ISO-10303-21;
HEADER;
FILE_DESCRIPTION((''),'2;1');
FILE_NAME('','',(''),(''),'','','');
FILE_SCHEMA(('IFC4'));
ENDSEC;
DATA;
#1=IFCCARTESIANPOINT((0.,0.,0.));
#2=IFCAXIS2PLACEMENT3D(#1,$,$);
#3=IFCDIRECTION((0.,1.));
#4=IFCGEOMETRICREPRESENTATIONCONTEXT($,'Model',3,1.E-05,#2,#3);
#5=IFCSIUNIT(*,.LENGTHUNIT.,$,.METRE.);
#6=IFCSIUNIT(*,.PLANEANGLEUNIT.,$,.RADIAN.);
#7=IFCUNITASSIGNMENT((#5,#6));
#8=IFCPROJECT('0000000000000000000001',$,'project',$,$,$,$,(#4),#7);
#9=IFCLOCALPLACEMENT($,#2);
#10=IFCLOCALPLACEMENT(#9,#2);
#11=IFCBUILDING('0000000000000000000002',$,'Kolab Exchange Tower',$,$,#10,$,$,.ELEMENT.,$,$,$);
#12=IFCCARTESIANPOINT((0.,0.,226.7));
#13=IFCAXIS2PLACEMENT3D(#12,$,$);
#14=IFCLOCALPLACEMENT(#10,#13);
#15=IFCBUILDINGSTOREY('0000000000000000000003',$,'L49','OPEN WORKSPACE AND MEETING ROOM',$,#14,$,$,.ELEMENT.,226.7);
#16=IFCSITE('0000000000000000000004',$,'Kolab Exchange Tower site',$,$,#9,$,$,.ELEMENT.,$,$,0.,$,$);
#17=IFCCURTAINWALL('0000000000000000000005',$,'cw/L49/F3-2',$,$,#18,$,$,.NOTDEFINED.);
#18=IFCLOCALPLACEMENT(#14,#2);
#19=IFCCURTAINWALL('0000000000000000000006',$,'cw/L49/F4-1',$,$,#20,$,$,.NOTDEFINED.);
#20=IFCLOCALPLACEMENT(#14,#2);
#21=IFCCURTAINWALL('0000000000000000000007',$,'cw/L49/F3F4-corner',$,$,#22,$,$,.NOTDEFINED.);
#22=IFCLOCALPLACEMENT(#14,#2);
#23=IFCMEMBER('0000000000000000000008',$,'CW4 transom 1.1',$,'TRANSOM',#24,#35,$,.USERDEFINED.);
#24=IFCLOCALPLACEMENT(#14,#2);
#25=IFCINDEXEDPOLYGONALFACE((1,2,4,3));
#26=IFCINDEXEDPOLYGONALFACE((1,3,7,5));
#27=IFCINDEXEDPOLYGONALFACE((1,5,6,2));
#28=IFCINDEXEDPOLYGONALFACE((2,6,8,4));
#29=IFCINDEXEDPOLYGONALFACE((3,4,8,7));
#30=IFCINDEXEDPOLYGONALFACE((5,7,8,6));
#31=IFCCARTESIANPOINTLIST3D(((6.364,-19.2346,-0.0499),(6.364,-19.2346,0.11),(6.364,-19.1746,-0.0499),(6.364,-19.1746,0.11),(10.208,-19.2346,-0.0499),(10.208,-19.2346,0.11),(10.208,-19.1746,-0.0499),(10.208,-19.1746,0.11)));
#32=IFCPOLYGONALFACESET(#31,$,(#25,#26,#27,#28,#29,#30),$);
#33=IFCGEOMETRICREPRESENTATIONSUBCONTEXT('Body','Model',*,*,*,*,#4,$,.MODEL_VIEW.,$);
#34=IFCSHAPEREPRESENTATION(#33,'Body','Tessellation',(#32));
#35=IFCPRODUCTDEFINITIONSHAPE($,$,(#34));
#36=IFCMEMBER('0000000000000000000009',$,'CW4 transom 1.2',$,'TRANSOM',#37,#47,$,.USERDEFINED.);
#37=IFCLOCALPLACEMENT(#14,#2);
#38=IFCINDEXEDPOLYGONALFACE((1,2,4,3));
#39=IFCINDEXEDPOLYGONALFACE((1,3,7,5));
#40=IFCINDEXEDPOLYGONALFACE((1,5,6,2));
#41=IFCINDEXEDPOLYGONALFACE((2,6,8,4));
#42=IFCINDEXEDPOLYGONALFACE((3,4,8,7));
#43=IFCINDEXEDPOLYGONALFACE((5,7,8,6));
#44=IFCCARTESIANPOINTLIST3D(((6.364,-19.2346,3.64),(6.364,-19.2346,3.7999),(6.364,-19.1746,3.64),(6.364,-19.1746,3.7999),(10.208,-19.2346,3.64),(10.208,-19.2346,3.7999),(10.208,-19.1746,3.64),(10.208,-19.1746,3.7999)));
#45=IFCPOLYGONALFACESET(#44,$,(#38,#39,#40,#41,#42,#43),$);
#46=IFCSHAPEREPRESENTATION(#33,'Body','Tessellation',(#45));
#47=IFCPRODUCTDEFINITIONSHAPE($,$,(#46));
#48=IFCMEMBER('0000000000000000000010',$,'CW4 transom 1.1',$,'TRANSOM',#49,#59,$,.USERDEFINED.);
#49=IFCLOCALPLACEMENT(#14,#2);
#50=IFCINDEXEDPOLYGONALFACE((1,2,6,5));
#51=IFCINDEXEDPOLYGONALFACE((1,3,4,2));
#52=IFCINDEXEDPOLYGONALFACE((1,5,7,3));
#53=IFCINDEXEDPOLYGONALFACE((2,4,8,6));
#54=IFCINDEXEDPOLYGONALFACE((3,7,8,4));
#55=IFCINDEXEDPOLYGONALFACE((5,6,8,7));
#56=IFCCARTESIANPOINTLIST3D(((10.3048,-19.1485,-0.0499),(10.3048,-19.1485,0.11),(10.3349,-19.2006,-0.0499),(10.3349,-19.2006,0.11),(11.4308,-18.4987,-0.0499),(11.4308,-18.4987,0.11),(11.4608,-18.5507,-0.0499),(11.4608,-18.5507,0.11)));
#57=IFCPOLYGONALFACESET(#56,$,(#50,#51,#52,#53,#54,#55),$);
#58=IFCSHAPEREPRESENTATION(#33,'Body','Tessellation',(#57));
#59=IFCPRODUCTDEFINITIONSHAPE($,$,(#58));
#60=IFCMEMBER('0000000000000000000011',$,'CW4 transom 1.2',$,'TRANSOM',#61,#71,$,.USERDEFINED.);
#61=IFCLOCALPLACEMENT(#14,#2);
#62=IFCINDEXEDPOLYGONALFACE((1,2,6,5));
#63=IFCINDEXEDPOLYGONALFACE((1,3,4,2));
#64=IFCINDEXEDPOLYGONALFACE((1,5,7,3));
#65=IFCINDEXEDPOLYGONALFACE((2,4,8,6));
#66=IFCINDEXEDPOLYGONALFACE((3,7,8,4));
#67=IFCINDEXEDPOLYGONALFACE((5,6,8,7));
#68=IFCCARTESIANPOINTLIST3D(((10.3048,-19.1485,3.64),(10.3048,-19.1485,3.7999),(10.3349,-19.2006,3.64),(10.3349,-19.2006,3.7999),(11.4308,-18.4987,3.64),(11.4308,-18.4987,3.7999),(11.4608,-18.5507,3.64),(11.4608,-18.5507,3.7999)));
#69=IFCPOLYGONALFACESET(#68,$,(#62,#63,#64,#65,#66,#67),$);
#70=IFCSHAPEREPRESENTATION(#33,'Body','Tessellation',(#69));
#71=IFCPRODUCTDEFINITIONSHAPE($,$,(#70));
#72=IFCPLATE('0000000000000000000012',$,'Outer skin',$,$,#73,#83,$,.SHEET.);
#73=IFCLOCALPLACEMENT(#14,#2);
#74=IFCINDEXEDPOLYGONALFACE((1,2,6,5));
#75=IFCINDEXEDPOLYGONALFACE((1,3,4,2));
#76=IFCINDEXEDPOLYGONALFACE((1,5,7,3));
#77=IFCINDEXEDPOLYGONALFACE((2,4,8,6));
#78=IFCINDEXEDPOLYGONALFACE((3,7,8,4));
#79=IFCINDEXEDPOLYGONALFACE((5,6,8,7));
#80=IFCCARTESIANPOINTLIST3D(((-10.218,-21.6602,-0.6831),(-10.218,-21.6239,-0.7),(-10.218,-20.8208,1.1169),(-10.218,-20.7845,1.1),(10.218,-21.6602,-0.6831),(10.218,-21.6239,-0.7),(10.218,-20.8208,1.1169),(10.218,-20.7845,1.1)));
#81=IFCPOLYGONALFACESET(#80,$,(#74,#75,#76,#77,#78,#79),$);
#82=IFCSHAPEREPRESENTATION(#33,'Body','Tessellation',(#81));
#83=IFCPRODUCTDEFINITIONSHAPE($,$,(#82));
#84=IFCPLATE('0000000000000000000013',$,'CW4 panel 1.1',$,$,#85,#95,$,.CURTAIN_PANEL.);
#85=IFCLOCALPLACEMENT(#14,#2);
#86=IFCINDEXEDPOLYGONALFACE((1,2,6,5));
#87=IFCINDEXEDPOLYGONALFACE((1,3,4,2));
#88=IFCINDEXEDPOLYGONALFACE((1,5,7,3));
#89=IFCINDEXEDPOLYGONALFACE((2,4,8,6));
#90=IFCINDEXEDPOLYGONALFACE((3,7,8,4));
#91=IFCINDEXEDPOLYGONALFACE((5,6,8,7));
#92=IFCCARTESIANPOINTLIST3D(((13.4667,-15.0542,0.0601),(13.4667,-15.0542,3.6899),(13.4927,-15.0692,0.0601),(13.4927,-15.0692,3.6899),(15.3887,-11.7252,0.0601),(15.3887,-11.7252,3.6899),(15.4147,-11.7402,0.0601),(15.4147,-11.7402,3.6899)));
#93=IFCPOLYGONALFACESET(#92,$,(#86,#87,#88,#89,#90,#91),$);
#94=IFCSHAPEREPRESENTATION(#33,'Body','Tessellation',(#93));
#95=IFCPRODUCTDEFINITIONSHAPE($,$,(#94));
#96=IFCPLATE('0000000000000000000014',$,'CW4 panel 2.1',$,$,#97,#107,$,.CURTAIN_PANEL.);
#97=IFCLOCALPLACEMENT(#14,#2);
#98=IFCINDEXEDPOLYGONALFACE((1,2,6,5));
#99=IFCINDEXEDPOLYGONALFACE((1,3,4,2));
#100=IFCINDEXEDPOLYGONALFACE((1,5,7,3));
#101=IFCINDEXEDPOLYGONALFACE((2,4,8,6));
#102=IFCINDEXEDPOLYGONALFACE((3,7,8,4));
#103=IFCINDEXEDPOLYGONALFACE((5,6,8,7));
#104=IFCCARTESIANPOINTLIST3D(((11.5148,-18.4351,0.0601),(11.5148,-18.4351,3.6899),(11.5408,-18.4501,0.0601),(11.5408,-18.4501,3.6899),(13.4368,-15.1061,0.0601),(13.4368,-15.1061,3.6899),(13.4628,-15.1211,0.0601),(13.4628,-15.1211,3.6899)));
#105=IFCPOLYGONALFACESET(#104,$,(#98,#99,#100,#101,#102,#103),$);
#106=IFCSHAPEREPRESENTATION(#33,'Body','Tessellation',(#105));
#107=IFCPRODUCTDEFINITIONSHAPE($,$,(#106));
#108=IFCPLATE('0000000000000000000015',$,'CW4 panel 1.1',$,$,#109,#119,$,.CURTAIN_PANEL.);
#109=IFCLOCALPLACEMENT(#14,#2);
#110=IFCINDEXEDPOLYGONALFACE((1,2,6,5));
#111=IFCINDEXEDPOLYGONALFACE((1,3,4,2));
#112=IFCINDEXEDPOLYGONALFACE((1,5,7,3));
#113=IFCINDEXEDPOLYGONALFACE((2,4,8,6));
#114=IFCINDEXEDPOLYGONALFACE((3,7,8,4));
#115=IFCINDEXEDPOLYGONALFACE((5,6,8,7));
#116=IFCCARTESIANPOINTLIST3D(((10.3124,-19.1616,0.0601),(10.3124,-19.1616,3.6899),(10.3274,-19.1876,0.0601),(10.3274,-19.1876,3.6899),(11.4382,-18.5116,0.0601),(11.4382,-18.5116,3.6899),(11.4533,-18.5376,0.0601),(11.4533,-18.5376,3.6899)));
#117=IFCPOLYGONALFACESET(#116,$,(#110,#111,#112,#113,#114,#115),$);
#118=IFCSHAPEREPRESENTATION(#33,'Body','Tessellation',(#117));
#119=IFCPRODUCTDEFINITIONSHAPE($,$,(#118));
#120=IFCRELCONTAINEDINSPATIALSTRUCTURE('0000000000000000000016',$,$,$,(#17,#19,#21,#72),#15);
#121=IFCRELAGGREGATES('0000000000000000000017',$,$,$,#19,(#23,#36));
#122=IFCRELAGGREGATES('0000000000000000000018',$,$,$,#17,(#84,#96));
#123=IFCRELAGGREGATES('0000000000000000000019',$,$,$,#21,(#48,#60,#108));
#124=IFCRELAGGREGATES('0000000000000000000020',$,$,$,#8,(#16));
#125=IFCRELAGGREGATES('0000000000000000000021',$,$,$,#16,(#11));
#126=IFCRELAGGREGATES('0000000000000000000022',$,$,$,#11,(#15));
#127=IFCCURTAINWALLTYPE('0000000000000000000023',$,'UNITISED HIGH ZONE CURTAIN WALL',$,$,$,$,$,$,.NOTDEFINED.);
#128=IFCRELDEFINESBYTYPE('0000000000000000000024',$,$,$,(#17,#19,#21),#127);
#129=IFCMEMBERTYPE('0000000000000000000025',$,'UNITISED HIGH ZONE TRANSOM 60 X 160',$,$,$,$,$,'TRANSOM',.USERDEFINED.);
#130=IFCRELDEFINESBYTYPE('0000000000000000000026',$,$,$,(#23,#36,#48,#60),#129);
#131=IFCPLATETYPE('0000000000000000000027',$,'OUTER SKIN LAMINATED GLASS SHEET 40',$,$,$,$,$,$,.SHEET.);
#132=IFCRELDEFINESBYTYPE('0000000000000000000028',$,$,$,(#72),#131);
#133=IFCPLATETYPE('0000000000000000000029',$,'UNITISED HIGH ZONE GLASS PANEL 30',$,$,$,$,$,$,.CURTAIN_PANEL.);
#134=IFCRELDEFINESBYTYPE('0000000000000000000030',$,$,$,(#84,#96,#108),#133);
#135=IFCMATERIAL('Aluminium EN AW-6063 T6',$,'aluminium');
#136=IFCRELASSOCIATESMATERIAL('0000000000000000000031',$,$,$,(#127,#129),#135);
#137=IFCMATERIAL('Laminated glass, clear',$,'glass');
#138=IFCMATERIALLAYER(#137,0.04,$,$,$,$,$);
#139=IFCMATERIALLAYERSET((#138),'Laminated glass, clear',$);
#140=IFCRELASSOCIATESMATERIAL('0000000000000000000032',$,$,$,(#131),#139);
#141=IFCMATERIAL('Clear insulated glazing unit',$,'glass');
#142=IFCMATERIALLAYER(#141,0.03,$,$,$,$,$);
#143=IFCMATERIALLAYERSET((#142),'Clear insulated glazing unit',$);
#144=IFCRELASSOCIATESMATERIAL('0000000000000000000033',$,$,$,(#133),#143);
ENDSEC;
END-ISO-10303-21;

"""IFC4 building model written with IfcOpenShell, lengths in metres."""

from ifc_helpers import new_model, si_unit, direction, frame, origin, origin_2d, place, context, subcontext, project, spatial, polyline, rectangle, outline, extrude, material, layer, layer_set, material_profile, profile_set, type_object, element, aggregate, save


model = new_model("IFC4")

# Units and contexts
model_context = context("Model", 3, precision=1e-05, world=origin(), true_north=direction((0.0, 1.0)))
body_context = subcontext(model_context, "Body", "Model", "MODEL_VIEW")
ifc_project = project(units=[si_unit("LENGTHUNIT", "METRE"), si_unit("PLANEANGLEUNIT", "RADIAN")], contexts=[model_context])

# Site, building, storey
site_placement = place(None, origin())
site = spatial("IfcSite", under=ifc_project, at=site_placement, Name="Kolab Exchange Tower site", CompositionType="ELEMENT", RefElevation=0.0)
building_placement = place(site_placement, origin())
building = spatial("IfcBuilding", under=site, at=building_placement, Name="Kolab Exchange Tower", CompositionType="ELEMENT")
storey_placement = place(building_placement, frame((0.0, 0.0, 226.7)))
storey = spatial("IfcBuildingStorey", under=building, at=storey_placement, Name="L49", Description="OPEN WORKSPACE AND MEETING ROOM", CompositionType="ELEMENT", Elevation=226.7)

# Curtain wall
ifc_material_1 = material(Name="Aluminium EN AW-6063 T6", Category="aluminium")
curtain_wall_type = type_object("IfcCurtainWallType", Name="UNITISED HIGH ZONE CURTAIN WALL", PredefinedType="NOTDEFINED", material=ifc_material_1)
curtain_wall_1_placement = place(storey_placement, origin())
curtain_wall_1 = element("IfcCurtainWall", 1, at=curtain_wall_1_placement, inside=storey, type_object=curtain_wall_type, Name="cw/L49/F3-2", PredefinedType="NOTDEFINED")

# Curtain wall
curtain_wall_2_placement = place(storey_placement, origin())
curtain_wall_2 = element("IfcCurtainWall", 2, at=curtain_wall_2_placement, inside=storey, type_object=curtain_wall_type, Name="cw/L49/F4-1", PredefinedType="NOTDEFINED")

# Curtain wall
curtain_wall_3_placement = place(storey_placement, origin())
curtain_wall_3 = element("IfcCurtainWall", 3, at=curtain_wall_3_placement, inside=storey, type_object=curtain_wall_type, Name="cw/L49/F3F4-corner", PredefinedType="NOTDEFINED")

# Members
ifc_material_profile_1 = material_profile(ifc_material_1, rectangle(XDim=0.0601, YDim=0.1599, at=origin_2d()), Name="RECT 60X160")
ifc_profile_set_1 = profile_set([ifc_material_profile_1], Name="Aluminium EN AW-6063 T6")
member_type_1 = type_object("IfcMemberType", Name="UNITISED HIGH ZONE TRANSOM 60 X 160", ElementType="TRANSOM", PredefinedType="USERDEFINED", material=ifc_profile_set_1)
member_1_placement = place(storey_placement, frame((10.208, -19.2046, 0.03), z_axis=(-1.0, 0.0, 0.0), x_axis=(0.0, -1.0, 0.0)))
member_1 = element("IfcMember", 4, at=member_1_placement, type_object=member_type_1, Name="CW4 transom 1.1", ObjectType="TRANSOM", PredefinedType="USERDEFINED", context=body_context, shape_type="SweptSolid", body=[
    extrude(rectangle(XDim=0.0601, YDim=0.1599, at=origin_2d()), origin(), (0.0, 0.0, 1.0), 3.844),
])
member_2_placement = place(storey_placement, frame((10.208, -19.2046, 3.72), z_axis=(-1.0, 0.0, 0.0), x_axis=(0.0, -1.0, 0.0)))
member_2 = element("IfcMember", 5, at=member_2_placement, type_object=member_type_1, Name="CW4 transom 1.2", ObjectType="TRANSOM", PredefinedType="USERDEFINED", context=body_context, shape_type="SweptSolid", body=[
    extrude(rectangle(XDim=0.0601, YDim=0.1599, at=origin_2d()), origin(), (0.0, 0.0, 1.0), 3.844),
])
aggregate(curtain_wall_2, [member_1, member_2])
member_3_placement = place(storey_placement, frame((11.4458, -18.5247, 0.03), z_axis=(-0.866086, -0.499896, 0.0), x_axis=(0.499896, -0.866086, 0.0)))
member_3 = element("IfcMember", 6, at=member_3_placement, type_object=member_type_1, Name="CW4 transom 1.1", ObjectType="TRANSOM", PredefinedType="USERDEFINED", context=body_context, shape_type="SweptSolid", body=[
    extrude(rectangle(XDim=0.0601, YDim=0.1599, at=origin_2d()), origin(), (0.0, 0.0, 1.0), 1.3),
])
member_4_placement = place(storey_placement, frame((11.4458, -18.5247, 3.72), z_axis=(-0.866086, -0.499896, 0.0), x_axis=(0.499896, -0.866086, 0.0)))
member_4 = element("IfcMember", 7, at=member_4_placement, type_object=member_type_1, Name="CW4 transom 1.2", ObjectType="TRANSOM", PredefinedType="USERDEFINED", context=body_context, shape_type="SweptSolid", body=[
    extrude(rectangle(XDim=0.0601, YDim=0.1599, at=origin_2d()), origin(), (0.0, 0.0, 1.0), 1.3),
])

# Plates
ifc_material_2 = material(Name="Laminated glass, clear", Category="glass")
ifc_layer_1 = layer(ifc_material_2, 0.04)
ifc_layer_set_1 = layer_set([ifc_layer_1], Name="Laminated glass, clear")
plate_type_1 = type_object("IfcPlateType", Name="OUTER SKIN LAMINATED GLASS SHEET 40", PredefinedType="SHEET", material=ifc_layer_set_1)
plate_1_placement = place(storey_placement, frame((10.218, -21.6602, -0.6831), z_axis=(0.0, -0.906312, 0.42261), x_axis=(-1.0, 0.0, 0.0)))
element("IfcPlate", 8, at=plate_1_placement, inside=storey, type_object=plate_type_1, Name="Outer skin", PredefinedType="SHEET", context=body_context, shape_type="SweptSolid", body=[
    extrude(outline(polyline([(0.0, 0.0), (20.436, 0.0), (20.436, -1.9861), (0.0, -1.9861), (0.0, 0.0)])), origin(), (0.0, 0.0, -1.0), 0.04),
])
ifc_material_3 = material(Name="Clear insulated glazing unit", Category="glass")
ifc_layer_2 = layer(ifc_material_3, 0.03)
ifc_layer_set_2 = layer_set([ifc_layer_2], Name="Clear insulated glazing unit")
plate_type_2 = type_object("IfcPlateType", Name="UNITISED HIGH ZONE GLASS PANEL 30", PredefinedType="CURTAIN_PANEL", material=ifc_layer_set_2)
plate_2_placement = place(storey_placement, frame((14.4407, -13.3972, 0.0601), z_axis=(0.0, 0.0, 1.0), x_axis=(-0.5, -0.866025, 0.0)))
plate_2 = element("IfcPlate", 9, at=plate_2_placement, type_object=plate_type_2, Name="CW4 panel 1.1", PredefinedType="CURTAIN_PANEL", context=body_context, shape_type="SweptSolid", body=[
    extrude(rectangle(XDim=3.844, YDim=0.03, at=origin_2d()), origin(), (0.0, 0.0, 1.0), 3.6299),
])
plate_3_placement = place(storey_placement, frame((12.4888, -16.7781, 0.0601), z_axis=(0.0, 0.0, 1.0), x_axis=(-0.5, -0.866025, 0.0)))
plate_3 = element("IfcPlate", 10, at=plate_3_placement, type_object=plate_type_2, Name="CW4 panel 2.1", PredefinedType="CURTAIN_PANEL", context=body_context, shape_type="SweptSolid", body=[
    extrude(rectangle(XDim=3.844, YDim=0.03, at=origin_2d()), origin(), (0.0, 0.0, 1.0), 3.6299),
])
aggregate(curtain_wall_1, [plate_2, plate_3])
plate_4_placement = place(storey_placement, frame((10.8828, -18.8496, 0.0601), z_axis=(0.0, 0.0, 1.0), x_axis=(-0.866025, -0.5, 0.0)))
plate_4 = element("IfcPlate", 11, at=plate_4_placement, type_object=plate_type_2, Name="CW4 panel 1.1", PredefinedType="CURTAIN_PANEL", context=body_context, shape_type="SweptSolid", body=[
    extrude(rectangle(XDim=1.3, YDim=0.03, at=origin_2d()), origin(), (0.0, 0.0, 1.0), 3.6299),
])
aggregate(curtain_wall_3, [member_3, member_4, plate_4])

save(model, "model.ifc")
